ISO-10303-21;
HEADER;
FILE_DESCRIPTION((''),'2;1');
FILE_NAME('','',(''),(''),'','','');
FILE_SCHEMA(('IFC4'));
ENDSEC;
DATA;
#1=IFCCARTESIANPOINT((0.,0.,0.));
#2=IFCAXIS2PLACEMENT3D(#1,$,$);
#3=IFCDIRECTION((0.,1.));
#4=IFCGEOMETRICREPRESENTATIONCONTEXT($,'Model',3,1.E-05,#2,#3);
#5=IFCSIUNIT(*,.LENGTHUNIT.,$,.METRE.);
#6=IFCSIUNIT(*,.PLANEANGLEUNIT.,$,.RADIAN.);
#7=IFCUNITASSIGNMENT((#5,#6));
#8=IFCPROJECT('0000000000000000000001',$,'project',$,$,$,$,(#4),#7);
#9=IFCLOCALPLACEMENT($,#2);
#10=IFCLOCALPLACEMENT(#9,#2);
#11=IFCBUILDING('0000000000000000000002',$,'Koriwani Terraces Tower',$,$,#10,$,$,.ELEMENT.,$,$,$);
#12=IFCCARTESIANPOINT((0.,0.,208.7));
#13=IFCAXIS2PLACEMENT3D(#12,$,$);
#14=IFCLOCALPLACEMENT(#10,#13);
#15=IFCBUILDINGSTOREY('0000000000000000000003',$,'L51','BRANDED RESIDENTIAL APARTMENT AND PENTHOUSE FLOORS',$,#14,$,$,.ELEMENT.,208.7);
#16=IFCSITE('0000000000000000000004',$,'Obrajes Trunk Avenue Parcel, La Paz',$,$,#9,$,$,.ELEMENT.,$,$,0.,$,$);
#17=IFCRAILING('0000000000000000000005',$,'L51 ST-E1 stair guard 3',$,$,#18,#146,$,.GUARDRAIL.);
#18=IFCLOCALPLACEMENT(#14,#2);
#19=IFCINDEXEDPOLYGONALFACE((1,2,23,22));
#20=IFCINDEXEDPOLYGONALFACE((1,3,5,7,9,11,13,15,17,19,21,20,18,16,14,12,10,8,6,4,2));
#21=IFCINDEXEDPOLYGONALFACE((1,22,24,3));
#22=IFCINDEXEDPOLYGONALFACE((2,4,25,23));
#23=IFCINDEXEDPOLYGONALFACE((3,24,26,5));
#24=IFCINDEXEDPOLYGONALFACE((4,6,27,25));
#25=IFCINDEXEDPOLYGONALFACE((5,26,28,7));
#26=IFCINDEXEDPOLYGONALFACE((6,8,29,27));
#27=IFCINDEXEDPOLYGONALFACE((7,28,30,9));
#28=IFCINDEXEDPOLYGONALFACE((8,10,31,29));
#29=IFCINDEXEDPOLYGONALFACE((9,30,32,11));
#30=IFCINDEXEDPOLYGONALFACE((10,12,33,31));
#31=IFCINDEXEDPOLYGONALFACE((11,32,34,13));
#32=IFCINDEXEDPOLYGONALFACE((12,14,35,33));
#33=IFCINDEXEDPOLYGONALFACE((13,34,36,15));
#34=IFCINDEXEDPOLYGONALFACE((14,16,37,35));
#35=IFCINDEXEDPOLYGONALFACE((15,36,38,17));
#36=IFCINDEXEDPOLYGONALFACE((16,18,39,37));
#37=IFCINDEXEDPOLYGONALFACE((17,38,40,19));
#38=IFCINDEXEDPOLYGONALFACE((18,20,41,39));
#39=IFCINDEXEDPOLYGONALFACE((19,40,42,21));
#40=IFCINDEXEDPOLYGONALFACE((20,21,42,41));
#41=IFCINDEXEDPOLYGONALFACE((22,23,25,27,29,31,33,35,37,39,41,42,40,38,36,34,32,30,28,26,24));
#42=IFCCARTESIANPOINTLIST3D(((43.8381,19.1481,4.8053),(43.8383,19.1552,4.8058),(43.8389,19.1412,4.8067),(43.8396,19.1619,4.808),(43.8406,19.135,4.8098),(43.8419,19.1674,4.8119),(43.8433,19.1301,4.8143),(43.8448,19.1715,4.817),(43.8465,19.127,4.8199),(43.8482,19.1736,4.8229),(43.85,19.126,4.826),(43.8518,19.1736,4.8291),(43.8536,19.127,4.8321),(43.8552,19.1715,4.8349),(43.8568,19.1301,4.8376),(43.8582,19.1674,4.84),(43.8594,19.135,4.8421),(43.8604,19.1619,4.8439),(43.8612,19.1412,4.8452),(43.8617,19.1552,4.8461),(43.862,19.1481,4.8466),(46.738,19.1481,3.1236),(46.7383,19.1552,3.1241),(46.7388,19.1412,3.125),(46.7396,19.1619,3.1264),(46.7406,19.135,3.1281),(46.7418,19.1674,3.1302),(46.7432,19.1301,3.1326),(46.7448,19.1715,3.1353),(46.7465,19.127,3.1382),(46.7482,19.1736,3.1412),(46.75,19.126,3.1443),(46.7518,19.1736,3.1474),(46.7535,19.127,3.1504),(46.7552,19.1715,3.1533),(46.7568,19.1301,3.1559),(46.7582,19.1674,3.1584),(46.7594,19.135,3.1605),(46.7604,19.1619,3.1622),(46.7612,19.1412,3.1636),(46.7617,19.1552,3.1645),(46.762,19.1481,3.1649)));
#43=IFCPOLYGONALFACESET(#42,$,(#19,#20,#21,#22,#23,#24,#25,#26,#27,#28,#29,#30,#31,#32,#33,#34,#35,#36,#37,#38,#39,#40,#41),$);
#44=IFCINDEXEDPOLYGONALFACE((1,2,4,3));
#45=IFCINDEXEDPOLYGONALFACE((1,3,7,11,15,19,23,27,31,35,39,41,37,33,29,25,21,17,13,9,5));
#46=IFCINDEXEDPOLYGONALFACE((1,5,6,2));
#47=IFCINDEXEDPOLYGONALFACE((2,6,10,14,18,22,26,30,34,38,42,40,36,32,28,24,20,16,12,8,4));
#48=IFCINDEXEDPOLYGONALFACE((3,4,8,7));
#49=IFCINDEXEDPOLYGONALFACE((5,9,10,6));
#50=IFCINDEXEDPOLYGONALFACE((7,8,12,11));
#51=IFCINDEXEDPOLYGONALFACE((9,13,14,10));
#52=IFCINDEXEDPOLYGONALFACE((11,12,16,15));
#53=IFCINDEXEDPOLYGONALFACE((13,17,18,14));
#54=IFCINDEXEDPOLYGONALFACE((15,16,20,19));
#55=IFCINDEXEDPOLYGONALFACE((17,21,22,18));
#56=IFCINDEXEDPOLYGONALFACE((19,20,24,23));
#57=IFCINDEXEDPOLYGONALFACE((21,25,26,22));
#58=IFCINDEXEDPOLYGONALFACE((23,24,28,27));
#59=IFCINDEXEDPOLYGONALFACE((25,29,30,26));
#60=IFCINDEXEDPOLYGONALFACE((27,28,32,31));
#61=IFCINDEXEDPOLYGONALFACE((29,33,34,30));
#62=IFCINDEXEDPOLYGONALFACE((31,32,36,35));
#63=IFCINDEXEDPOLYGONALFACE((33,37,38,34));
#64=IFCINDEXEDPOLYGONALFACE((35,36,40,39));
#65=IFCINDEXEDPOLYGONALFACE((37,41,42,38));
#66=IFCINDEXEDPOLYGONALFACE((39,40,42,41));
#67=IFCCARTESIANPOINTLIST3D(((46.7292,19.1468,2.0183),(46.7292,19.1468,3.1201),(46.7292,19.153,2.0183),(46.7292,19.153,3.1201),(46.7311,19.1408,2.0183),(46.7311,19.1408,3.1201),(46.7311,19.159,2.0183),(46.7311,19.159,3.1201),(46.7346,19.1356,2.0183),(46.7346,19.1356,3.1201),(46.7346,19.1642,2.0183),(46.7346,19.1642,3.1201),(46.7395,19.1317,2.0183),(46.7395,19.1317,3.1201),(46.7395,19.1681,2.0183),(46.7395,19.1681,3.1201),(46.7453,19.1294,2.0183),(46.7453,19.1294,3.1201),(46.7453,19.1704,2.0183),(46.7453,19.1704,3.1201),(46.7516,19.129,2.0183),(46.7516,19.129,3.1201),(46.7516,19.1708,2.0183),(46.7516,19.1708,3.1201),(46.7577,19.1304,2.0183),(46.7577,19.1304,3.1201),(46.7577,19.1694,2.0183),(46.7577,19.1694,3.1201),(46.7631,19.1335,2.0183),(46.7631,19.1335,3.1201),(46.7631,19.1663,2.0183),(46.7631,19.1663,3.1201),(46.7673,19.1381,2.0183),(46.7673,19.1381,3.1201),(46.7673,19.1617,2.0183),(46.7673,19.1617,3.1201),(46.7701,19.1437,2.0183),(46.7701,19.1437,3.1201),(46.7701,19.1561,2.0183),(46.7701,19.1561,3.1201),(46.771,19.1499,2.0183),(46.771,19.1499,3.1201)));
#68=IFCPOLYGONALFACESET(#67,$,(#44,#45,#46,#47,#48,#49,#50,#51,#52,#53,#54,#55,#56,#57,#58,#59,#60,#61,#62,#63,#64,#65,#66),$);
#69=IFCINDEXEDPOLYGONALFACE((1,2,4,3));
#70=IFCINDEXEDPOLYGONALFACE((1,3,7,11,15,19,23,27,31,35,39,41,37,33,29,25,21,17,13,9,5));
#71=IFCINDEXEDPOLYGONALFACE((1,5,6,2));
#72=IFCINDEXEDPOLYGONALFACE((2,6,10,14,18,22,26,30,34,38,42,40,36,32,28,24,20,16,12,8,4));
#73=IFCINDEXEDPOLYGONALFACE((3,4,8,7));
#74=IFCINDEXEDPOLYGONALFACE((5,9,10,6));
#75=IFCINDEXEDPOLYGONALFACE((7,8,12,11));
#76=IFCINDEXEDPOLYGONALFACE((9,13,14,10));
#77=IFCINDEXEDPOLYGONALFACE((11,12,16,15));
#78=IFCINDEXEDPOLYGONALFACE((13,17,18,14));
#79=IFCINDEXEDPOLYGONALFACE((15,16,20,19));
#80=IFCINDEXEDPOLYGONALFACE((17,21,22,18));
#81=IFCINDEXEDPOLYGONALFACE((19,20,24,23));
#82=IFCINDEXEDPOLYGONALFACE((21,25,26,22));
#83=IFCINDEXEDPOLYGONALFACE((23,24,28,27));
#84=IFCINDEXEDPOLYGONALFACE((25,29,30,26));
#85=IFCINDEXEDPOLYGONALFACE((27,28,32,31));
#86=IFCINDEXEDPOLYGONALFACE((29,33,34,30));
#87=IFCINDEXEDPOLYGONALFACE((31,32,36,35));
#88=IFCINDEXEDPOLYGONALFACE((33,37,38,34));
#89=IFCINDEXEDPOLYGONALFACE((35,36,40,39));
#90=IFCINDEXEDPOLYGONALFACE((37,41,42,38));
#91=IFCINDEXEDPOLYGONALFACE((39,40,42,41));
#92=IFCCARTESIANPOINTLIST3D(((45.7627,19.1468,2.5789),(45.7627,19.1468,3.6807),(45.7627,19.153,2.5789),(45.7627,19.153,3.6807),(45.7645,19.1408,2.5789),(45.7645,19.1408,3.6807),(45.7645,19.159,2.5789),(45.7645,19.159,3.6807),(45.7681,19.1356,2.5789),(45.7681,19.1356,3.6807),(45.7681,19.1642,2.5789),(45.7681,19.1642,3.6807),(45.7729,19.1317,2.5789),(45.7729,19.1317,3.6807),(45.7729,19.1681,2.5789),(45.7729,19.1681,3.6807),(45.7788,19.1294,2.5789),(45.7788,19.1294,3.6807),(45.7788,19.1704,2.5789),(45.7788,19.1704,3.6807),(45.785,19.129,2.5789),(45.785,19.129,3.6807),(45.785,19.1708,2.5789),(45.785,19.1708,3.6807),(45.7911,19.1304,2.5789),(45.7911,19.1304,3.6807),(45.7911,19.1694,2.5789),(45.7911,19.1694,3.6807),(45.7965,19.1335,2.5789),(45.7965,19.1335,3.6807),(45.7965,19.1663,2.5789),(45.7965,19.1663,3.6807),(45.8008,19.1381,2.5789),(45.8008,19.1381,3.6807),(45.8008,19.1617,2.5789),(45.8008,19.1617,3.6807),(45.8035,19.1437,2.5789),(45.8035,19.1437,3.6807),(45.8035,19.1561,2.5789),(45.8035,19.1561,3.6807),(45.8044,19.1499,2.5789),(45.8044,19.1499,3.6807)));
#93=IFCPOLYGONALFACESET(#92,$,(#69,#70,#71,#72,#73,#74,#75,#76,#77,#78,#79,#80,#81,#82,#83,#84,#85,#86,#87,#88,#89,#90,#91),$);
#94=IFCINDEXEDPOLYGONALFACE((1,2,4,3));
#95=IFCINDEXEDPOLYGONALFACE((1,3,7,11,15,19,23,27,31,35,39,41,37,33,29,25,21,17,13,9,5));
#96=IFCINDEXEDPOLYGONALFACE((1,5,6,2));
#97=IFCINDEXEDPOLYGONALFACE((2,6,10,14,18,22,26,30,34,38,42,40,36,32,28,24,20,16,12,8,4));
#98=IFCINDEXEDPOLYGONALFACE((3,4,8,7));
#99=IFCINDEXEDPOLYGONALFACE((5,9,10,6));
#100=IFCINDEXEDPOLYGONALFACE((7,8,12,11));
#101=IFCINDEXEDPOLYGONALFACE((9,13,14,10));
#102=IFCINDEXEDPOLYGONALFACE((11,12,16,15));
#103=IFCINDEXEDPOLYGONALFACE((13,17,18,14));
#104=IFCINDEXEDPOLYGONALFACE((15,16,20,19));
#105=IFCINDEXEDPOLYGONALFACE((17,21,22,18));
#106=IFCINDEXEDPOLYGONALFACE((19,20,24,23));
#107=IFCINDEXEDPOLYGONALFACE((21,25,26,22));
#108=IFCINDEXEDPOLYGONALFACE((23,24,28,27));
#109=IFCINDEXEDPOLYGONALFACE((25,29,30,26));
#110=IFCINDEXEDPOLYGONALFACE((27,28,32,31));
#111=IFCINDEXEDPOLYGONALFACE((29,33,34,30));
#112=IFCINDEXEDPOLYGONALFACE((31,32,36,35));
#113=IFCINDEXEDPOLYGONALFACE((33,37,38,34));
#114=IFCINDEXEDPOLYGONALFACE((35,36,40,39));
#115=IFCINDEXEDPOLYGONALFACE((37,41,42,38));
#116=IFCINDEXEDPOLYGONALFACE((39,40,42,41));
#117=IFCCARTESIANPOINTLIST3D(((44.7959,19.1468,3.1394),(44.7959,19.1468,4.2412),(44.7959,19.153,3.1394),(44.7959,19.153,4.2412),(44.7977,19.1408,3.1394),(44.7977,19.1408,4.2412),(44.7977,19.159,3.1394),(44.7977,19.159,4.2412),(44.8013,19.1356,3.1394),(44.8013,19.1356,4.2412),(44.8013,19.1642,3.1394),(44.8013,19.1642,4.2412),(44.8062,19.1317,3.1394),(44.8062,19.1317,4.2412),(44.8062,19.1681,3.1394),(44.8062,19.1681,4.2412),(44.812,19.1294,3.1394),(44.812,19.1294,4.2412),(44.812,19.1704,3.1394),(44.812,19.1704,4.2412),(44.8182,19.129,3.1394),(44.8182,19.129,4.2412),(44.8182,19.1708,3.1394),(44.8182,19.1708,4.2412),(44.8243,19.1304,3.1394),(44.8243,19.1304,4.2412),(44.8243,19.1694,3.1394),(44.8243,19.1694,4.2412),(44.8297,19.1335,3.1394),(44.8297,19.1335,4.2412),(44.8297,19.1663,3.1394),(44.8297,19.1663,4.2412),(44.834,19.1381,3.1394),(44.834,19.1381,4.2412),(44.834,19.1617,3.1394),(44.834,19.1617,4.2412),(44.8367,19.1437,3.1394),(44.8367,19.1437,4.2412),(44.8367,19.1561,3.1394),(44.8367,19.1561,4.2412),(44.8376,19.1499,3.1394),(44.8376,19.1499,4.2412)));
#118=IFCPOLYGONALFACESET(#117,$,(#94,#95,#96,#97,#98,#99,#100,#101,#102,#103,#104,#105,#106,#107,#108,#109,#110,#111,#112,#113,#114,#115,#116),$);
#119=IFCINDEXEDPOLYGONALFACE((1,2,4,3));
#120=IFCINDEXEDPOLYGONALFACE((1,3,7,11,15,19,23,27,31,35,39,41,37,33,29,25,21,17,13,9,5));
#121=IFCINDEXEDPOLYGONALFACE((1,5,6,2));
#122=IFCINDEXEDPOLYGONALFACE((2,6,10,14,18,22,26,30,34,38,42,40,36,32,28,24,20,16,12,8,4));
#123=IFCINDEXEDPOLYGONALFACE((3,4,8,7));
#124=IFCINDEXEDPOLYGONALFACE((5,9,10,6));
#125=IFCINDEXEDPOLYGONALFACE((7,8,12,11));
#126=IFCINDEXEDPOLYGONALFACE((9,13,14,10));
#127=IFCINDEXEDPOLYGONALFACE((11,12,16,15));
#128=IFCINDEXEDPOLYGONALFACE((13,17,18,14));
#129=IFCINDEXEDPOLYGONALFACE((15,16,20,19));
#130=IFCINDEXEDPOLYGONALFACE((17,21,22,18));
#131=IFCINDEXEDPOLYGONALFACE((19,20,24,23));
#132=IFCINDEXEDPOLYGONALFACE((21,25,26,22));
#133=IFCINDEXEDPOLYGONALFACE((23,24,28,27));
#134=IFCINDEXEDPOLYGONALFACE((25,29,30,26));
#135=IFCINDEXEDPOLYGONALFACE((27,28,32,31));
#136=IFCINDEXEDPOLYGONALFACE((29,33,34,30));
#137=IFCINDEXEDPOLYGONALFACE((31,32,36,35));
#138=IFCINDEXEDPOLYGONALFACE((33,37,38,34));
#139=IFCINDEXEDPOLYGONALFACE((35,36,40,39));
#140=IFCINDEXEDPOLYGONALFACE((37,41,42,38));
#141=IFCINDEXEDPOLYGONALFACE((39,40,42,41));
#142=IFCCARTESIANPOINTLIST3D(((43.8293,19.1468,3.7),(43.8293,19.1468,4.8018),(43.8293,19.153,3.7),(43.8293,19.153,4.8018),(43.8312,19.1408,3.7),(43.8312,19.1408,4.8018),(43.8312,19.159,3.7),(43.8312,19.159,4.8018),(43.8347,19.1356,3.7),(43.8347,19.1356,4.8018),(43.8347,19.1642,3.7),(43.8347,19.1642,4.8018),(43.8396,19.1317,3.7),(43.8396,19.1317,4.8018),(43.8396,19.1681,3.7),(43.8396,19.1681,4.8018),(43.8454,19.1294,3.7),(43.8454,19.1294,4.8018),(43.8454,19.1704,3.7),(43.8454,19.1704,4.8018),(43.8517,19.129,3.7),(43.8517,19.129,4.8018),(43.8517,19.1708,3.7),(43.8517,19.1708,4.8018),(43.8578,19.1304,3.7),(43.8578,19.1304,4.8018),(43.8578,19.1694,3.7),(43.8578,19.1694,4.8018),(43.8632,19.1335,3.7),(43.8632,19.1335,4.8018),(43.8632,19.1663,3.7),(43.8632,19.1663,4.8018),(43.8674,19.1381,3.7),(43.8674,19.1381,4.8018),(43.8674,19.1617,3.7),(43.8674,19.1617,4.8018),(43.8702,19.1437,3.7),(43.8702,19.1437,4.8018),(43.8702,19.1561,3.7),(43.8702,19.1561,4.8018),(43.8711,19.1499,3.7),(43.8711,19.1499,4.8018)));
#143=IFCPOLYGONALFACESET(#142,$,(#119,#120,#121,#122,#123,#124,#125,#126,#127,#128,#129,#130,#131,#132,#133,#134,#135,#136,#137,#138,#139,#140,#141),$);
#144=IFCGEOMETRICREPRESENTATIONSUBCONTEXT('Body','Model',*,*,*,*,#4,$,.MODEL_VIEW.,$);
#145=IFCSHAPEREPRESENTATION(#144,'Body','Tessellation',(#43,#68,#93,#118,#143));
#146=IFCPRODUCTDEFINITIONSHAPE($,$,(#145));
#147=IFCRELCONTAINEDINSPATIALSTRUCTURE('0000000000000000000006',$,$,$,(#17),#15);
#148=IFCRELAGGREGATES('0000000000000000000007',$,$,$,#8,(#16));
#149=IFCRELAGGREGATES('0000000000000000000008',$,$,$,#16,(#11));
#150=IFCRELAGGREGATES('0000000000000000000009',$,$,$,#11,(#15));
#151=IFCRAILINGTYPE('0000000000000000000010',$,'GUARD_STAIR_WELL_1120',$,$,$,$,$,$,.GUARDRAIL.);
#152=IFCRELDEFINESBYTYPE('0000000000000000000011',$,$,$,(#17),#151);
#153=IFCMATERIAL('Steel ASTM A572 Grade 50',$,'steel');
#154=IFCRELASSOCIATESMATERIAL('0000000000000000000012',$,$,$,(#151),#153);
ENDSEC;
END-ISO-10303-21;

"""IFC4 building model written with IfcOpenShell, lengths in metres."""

from ifc_helpers import new_model, si_unit, direction, frame, origin, origin_2d, place, context, subcontext, project, spatial, circle, extrude, material, type_object, element, save


model = new_model("IFC4")

# Units and contexts
model_context = context("Model", 3, precision=1e-05, world=origin(), true_north=direction((0.0, 1.0)))
body_context = subcontext(model_context, "Body", "Model", "MODEL_VIEW")
ifc_project = project(units=[si_unit("LENGTHUNIT", "METRE"), si_unit("PLANEANGLEUNIT", "RADIAN")], contexts=[model_context])

# Site, building, storey
site_placement = place(None, origin())
site = spatial("IfcSite", under=ifc_project, at=site_placement, Name="Obrajes Trunk Avenue Parcel, La Paz", CompositionType="ELEMENT", RefElevation=0.0)
building_placement = place(site_placement, origin())
building = spatial("IfcBuilding", under=site, at=building_placement, Name="Koriwani Terraces Tower", CompositionType="ELEMENT")
storey_placement = place(building_placement, frame((0.0, 0.0, 208.7)))
storey = spatial("IfcBuildingStorey", under=building, at=storey_placement, Name="L51", Description="BRANDED RESIDENTIAL APARTMENT AND PENTHOUSE FLOORS", CompositionType="ELEMENT", Elevation=208.7)

# Shared definitions
ifc_material_1 = material(Name="Steel ASTM A572 Grade 50", Category="steel")

# Railing
railing_type_1 = type_object("IfcRailingType", Name="GUARD_STAIR_WELL_1120", PredefinedType="GUARDRAIL", material=ifc_material_1)
railing_1_placement = place(storey_placement, frame((46.75, 19.1499, 2.0183)))
element("IfcRailing", 1, at=railing_1_placement, inside=storey, type_object=railing_type_1, Name="L51 ST-E1 stair guard 3", PredefinedType="GUARDRAIL", context=body_context, shape_type="SweptSolid", body=[
    extrude(circle(Radius=0.0239, at=origin_2d()), frame((0.0, 0.0, 1.126), z_axis=(-0.86507, 0.0, 0.501651), x_axis=(0.0, -1.0, 0.0)), (0.0, 0.0, 1.0), 3.3523),
    extrude(circle(Radius=0.021, at=origin_2d()), origin(), (0.0, 0.0, 1.0), 1.1018),
    extrude(circle(Radius=0.021, at=origin_2d()), frame((-0.9666, 0.0, 0.5605)), (0.0, 0.0, 1.0), 1.1018),
    extrude(circle(Radius=0.021, at=origin_2d()), frame((-1.9333, 0.0, 1.1211)), (0.0, 0.0, 1.0), 1.1018),
    extrude(circle(Radius=0.021, at=origin_2d()), frame((-2.8999, 0.0, 1.6816)), (0.0, 0.0, 1.0), 1.1018),
])

save(model, "model.ifc")
